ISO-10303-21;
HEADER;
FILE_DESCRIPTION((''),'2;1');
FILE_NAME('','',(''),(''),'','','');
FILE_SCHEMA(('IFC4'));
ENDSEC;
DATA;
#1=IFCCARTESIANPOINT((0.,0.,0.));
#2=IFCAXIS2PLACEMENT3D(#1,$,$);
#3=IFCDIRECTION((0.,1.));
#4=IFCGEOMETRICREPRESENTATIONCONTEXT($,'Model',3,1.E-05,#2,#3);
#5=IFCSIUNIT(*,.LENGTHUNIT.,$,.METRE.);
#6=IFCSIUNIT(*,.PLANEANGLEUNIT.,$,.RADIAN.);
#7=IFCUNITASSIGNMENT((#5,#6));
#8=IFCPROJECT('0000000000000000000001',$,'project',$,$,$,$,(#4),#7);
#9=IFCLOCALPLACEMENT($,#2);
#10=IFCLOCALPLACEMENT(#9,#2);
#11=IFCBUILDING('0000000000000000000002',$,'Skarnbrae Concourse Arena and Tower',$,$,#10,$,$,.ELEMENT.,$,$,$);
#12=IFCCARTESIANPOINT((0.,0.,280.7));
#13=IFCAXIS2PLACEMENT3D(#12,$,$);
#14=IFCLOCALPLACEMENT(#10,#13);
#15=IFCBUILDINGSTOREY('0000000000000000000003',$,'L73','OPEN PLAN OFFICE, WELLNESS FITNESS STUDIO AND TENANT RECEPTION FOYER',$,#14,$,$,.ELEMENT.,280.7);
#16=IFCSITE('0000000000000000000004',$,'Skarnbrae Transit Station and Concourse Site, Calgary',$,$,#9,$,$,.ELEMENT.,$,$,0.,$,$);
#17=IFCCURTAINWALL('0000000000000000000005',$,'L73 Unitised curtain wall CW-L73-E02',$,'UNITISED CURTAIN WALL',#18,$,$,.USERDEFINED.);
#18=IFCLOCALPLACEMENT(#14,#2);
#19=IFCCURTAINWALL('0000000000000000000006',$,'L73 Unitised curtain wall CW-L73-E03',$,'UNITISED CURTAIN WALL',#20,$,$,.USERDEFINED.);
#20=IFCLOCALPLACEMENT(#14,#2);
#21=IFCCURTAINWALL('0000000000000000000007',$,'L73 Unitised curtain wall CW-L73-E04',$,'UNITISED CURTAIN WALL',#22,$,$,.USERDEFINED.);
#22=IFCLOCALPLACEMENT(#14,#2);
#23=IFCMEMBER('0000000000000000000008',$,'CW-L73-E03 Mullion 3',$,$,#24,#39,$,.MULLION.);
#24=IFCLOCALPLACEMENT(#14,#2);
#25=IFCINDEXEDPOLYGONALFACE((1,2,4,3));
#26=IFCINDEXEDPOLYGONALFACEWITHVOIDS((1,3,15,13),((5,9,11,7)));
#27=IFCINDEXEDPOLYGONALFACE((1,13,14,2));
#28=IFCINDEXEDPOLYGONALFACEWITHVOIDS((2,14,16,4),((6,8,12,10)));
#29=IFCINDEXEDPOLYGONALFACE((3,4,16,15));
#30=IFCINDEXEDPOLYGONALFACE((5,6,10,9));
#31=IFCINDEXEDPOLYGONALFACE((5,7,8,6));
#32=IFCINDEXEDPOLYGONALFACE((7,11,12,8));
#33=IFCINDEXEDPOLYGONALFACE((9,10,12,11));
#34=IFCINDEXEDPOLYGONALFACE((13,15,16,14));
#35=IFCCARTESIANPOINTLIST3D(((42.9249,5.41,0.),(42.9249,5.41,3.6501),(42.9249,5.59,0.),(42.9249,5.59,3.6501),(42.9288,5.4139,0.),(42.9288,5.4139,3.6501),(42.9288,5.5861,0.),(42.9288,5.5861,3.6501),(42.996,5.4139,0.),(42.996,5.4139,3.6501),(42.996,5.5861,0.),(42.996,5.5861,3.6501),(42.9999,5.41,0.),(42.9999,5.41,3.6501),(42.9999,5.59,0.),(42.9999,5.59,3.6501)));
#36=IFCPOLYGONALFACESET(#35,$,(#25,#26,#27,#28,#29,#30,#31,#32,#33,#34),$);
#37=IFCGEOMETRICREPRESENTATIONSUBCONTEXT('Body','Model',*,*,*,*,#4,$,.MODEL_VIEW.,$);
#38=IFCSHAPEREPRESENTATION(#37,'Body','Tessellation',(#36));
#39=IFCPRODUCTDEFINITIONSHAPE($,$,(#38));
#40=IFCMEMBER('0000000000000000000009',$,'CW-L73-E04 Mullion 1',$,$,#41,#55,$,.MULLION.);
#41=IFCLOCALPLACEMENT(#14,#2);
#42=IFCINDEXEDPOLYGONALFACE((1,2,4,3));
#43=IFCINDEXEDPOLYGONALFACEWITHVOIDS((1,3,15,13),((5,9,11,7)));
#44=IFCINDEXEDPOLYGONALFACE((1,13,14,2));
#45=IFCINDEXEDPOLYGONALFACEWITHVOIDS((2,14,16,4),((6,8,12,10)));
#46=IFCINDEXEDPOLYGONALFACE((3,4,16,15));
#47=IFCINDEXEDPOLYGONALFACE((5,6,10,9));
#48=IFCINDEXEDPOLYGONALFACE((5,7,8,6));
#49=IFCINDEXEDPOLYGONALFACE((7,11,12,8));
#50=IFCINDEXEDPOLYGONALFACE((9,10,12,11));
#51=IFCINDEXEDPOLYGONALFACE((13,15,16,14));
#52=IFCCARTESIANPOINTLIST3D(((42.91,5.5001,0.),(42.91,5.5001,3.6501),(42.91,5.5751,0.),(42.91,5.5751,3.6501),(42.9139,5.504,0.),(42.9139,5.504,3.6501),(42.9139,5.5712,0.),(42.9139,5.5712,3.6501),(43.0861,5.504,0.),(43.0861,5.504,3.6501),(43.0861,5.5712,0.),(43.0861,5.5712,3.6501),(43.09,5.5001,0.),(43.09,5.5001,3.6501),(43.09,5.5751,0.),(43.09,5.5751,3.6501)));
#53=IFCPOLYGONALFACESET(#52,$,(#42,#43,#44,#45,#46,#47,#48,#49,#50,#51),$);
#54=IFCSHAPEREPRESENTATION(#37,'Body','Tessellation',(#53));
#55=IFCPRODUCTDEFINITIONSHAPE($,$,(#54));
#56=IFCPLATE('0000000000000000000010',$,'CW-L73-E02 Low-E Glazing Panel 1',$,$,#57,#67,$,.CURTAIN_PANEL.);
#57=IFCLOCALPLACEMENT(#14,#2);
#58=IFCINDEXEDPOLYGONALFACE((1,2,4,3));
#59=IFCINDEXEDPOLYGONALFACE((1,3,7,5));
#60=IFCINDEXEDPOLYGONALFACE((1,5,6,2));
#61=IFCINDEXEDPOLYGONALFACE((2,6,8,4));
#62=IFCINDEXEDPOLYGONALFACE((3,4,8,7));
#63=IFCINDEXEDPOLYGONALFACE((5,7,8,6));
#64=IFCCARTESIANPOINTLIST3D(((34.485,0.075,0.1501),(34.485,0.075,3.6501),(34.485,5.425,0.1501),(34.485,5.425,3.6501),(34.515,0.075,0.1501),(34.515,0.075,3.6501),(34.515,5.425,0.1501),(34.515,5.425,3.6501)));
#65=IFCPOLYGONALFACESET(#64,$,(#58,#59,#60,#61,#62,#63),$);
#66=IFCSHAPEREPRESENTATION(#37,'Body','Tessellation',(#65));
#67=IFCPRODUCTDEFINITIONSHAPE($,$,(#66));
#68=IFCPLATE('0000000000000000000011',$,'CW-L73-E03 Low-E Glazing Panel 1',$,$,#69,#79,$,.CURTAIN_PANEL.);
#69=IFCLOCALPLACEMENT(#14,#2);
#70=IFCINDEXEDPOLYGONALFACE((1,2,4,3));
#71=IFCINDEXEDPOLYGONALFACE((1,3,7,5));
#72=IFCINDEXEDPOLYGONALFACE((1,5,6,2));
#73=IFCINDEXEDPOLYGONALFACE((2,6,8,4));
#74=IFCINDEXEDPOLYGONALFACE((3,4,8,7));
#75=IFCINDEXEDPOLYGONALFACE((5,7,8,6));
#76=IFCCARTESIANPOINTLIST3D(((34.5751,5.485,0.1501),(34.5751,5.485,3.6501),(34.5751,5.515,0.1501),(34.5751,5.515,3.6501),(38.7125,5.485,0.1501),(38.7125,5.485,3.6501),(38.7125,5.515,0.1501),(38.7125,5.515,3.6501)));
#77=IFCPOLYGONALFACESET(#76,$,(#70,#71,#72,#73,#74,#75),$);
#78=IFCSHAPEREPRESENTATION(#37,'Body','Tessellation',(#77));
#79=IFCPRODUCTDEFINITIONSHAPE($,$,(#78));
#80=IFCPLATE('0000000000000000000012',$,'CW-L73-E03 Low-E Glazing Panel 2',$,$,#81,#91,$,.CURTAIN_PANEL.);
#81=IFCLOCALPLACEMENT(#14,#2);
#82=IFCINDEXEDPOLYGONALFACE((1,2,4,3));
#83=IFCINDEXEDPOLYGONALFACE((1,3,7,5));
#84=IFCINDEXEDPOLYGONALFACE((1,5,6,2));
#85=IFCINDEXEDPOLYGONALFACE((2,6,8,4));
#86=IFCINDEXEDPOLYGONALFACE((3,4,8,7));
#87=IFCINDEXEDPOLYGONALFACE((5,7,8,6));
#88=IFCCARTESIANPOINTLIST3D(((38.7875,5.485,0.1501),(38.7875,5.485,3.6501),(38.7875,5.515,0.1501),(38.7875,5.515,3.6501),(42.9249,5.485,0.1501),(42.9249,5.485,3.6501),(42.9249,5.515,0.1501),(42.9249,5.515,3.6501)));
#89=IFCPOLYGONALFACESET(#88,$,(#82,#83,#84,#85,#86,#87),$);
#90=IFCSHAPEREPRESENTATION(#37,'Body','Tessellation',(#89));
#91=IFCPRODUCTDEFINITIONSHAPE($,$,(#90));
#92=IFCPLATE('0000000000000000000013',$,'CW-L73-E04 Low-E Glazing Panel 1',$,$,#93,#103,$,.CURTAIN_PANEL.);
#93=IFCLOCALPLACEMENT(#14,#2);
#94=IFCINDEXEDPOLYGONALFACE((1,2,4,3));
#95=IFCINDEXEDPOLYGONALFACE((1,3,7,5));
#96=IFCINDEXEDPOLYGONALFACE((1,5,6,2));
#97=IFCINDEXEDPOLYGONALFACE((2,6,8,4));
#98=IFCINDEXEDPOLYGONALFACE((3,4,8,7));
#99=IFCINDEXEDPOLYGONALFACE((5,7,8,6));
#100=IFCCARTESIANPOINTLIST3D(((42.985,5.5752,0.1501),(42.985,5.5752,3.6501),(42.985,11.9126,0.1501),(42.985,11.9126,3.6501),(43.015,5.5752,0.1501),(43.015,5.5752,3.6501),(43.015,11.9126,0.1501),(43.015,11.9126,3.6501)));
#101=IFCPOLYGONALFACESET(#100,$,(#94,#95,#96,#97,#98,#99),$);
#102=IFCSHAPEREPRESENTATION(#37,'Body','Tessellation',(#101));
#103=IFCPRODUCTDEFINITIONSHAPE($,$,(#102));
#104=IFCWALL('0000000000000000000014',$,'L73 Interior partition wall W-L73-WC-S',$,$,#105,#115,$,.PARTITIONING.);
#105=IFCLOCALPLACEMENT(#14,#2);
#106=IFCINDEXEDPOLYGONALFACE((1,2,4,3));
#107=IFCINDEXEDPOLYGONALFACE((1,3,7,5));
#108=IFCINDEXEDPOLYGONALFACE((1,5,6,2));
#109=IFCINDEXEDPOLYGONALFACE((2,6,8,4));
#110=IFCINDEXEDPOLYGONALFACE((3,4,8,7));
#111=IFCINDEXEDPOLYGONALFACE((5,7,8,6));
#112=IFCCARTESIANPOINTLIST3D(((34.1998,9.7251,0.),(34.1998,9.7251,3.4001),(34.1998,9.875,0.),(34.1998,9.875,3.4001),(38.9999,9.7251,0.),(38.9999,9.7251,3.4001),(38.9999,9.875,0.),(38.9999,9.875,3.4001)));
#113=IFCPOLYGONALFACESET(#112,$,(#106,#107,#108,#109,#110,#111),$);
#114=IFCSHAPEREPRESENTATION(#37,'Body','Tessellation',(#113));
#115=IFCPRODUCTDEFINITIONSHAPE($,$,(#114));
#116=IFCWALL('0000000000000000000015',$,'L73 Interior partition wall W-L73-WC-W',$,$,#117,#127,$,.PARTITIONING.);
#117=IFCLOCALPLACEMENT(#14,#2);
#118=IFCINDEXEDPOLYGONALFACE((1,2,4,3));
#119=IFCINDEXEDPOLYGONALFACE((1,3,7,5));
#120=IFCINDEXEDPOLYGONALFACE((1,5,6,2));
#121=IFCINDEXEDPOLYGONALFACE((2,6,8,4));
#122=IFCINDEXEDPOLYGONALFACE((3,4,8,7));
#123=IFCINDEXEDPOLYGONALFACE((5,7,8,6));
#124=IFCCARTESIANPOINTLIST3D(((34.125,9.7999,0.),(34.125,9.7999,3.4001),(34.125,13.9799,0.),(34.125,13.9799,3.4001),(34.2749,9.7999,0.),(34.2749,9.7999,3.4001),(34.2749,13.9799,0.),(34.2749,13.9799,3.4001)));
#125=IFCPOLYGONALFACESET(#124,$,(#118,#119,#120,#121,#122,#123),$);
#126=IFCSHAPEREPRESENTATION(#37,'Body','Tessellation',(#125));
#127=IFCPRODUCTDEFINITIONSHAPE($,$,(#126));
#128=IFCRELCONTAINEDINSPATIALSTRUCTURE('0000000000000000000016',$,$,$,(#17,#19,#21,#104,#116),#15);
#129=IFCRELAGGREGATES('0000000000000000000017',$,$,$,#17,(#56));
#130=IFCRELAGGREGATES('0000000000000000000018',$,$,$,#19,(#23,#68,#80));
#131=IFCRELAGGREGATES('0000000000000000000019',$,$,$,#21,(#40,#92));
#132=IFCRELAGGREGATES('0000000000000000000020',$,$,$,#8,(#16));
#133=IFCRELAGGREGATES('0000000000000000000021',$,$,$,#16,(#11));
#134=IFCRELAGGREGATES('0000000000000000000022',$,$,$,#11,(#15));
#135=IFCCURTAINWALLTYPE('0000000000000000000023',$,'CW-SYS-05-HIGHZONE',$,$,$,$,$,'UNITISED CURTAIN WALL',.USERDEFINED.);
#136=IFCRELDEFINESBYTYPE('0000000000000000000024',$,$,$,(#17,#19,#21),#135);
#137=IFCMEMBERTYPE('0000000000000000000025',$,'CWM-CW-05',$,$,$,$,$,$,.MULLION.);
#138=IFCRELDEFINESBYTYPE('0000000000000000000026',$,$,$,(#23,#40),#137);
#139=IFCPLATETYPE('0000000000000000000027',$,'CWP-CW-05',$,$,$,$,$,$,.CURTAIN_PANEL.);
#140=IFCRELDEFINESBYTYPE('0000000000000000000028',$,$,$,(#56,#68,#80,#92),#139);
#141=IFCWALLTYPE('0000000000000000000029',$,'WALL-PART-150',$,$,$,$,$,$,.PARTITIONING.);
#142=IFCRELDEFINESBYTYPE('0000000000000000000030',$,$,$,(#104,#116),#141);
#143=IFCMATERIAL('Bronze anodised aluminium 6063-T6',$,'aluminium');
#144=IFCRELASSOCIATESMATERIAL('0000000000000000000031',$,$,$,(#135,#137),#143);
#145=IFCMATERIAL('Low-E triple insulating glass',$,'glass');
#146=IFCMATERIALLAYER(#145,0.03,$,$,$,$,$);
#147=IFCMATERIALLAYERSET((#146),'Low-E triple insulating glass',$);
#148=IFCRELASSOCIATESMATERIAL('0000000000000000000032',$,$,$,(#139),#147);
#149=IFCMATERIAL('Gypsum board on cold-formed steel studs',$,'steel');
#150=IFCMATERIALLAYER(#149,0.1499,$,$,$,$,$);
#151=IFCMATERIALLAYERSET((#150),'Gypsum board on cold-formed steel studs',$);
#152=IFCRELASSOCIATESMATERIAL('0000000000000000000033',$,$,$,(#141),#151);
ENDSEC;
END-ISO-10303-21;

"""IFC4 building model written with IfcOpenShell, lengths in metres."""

from ifc_helpers import new_model, si_unit, direction, frame, frame_2d, origin, origin_2d, place, context, subcontext, project, spatial, rectangle, hollow_rectangle, extrude, source, transform, mapped, material, layer, layer_set, material_profile, profile_set, type_object, element, aggregate, save


model = new_model("IFC4")

# Units and contexts
model_context = context("Model", 3, precision=1e-05, world=origin(), true_north=direction((0.0, 1.0)))
body_context = subcontext(model_context, "Body", "Model", "MODEL_VIEW")
ifc_project = project(units=[si_unit("LENGTHUNIT", "METRE"), si_unit("PLANEANGLEUNIT", "RADIAN")], contexts=[model_context])

# Site, building, storey
site_placement = place(None, origin())
site = spatial("IfcSite", under=ifc_project, at=site_placement, Name="Skarnbrae Transit Station and Concourse Site, Calgary", CompositionType="ELEMENT", RefElevation=0.0)
building_placement = place(site_placement, origin())
building = spatial("IfcBuilding", under=site, at=building_placement, Name="Skarnbrae Concourse Arena and Tower", CompositionType="ELEMENT")
storey_placement = place(building_placement, frame((0.0, 0.0, 280.7)))
storey = spatial("IfcBuildingStorey", under=building, at=storey_placement, Name="L73", Description="OPEN PLAN OFFICE, WELLNESS FITNESS STUDIO AND TENANT RECEPTION FOYER", CompositionType="ELEMENT", Elevation=280.7)

# Curtain wall
ifc_material_1 = material(Name="Bronze anodised aluminium 6063-T6", Category="aluminium")
curtain_wall_type = type_object("IfcCurtainWallType", Name="CW-SYS-05-HIGHZONE", ElementType="UNITISED CURTAIN WALL", PredefinedType="USERDEFINED", material=ifc_material_1)
curtain_wall_1_placement = place(storey_placement, origin())
curtain_wall_1 = element("IfcCurtainWall", 1, at=curtain_wall_1_placement, inside=storey, type_object=curtain_wall_type, Name="L73 Unitised curtain wall CW-L73-E02", ObjectType="UNITISED CURTAIN WALL", PredefinedType="USERDEFINED")

# Curtain wall
curtain_wall_2_placement = place(storey_placement, origin())
curtain_wall_2 = element("IfcCurtainWall", 2, at=curtain_wall_2_placement, inside=storey, type_object=curtain_wall_type, Name="L73 Unitised curtain wall CW-L73-E03", ObjectType="UNITISED CURTAIN WALL", PredefinedType="USERDEFINED")

# Curtain wall
curtain_wall_3_placement = place(storey_placement, origin())
curtain_wall_3 = element("IfcCurtainWall", 3, at=curtain_wall_3_placement, inside=storey, type_object=curtain_wall_type, Name="L73 Unitised curtain wall CW-L73-E04", ObjectType="UNITISED CURTAIN WALL", PredefinedType="USERDEFINED")

# Members
ifc_material_profile_1 = material_profile(ifc_material_1, hollow_rectangle(XDim=0.075, YDim=0.1799, WallThickness=0.0039, at=origin_2d()), Name="ALU-MULL-75X180")
ifc_profile_set_1 = profile_set([ifc_material_profile_1], Name="Bronze anodised aluminium 6063-T6")
member_type_1 = type_object("IfcMemberType", Name="CWM-CW-05", PredefinedType="MULLION", material=ifc_profile_set_1)
shared_shape_1 = source(origin(), body_context, "Body", "SweptSolid", [
    extrude(hollow_rectangle(XDim=0.075, YDim=0.1799, WallThickness=0.0039, at=origin_2d()), origin(), (0.0, 0.0, 1.0), 3.6501),
])
member_1_placement = place(storey_placement, frame((42.9624, 5.5, 0.0), z_axis=(0.0, 0.0, 1.0), x_axis=(1.0, 0.0, 0.0)))
member_1 = element("IfcMember", 4, at=member_1_placement, type_object=member_type_1, Name="CW-L73-E03 Mullion 3", PredefinedType="MULLION", context=body_context, shape_type="MappedRepresentation", body=[
    mapped(shared_shape_1, transform((0.0, 0.0, 0.0))),
])
member_2_placement = place(storey_placement, frame((43.0, 5.5376, 0.0), z_axis=(0.0, 0.0, 1.0), x_axis=(0.0, 1.0, 0.0)))
member_2 = element("IfcMember", 5, at=member_2_placement, type_object=member_type_1, Name="CW-L73-E04 Mullion 1", PredefinedType="MULLION", context=body_context, shape_type="MappedRepresentation", body=[
    mapped(shared_shape_1, transform((0.0, 0.0, 0.0))),
])

# Plates
ifc_material_2 = material(Name="Low-E triple insulating glass", Category="glass")
ifc_layer_1 = layer(ifc_material_2, 0.03)
ifc_layer_set_1 = layer_set([ifc_layer_1], Name="Low-E triple insulating glass")
plate_type = type_object("IfcPlateType", Name="CWP-CW-05", PredefinedType="CURTAIN_PANEL", material=ifc_layer_set_1)
shared_shape_2 = source(origin(), body_context, "Body", "SweptSolid", [
    extrude(rectangle(XDim=5.3501, YDim=0.03, at=origin_2d()), origin(), (0.0, 0.0, 1.0), 3.5),
])
plate_1_placement = place(storey_placement, frame((34.5, 2.75, 0.1501), z_axis=(0.0, 0.0, 1.0), x_axis=(0.0, 1.0, 0.0)))
plate_1 = element("IfcPlate", 6, at=plate_1_placement, type_object=plate_type, Name="CW-L73-E02 Low-E Glazing Panel 1", PredefinedType="CURTAIN_PANEL", context=body_context, shape_type="MappedRepresentation", body=[
    mapped(shared_shape_2, transform((0.0, 0.0, 0.0))),
])
aggregate(curtain_wall_1, [plate_1])
shared_shape_3 = source(origin(), body_context, "Body", "SweptSolid", [
    extrude(rectangle(XDim=4.1375, YDim=0.03, at=origin_2d()), origin(), (0.0, 0.0, 1.0), 3.5),
])
plate_2_placement = place(storey_placement, frame((36.6438, 5.5, 0.1501), z_axis=(0.0, 0.0, 1.0), x_axis=(1.0, 0.0, 0.0)))
plate_2 = element("IfcPlate", 7, at=plate_2_placement, type_object=plate_type, Name="CW-L73-E03 Low-E Glazing Panel 1", PredefinedType="CURTAIN_PANEL", context=body_context, shape_type="MappedRepresentation", body=[
    mapped(shared_shape_3, transform((0.0, 0.0, 0.0))),
])
plate_3_placement = place(storey_placement, frame((40.8562, 5.5, 0.1501), z_axis=(0.0, 0.0, 1.0), x_axis=(1.0, 0.0, 0.0)))
plate_3 = element("IfcPlate", 8, at=plate_3_placement, type_object=plate_type, Name="CW-L73-E03 Low-E Glazing Panel 2", PredefinedType="CURTAIN_PANEL", context=body_context, shape_type="MappedRepresentation", body=[
    mapped(shared_shape_3, transform((0.0, 0.0, 0.0))),
])
aggregate(curtain_wall_2, [member_1, plate_2, plate_3])
shared_shape_4 = source(origin(), body_context, "Body", "SweptSolid", [
    extrude(rectangle(XDim=6.3374, YDim=0.03, at=origin_2d()), origin(), (0.0, 0.0, 1.0), 3.5),
])
plate_4_placement = place(storey_placement, frame((43.0, 8.7439, 0.1501), z_axis=(0.0, 0.0, 1.0), x_axis=(0.0, 1.0, 0.0)))
plate_4 = element("IfcPlate", 9, at=plate_4_placement, type_object=plate_type, Name="CW-L73-E04 Low-E Glazing Panel 1", PredefinedType="CURTAIN_PANEL", context=body_context, shape_type="MappedRepresentation", body=[
    mapped(shared_shape_4, transform((0.0, 0.0, 0.0))),
])
aggregate(curtain_wall_3, [member_2, plate_4])

# Walls
ifc_material_3 = material(Name="Gypsum board on cold-formed steel studs", Category="steel")
ifc_layer_2 = layer(ifc_material_3, 0.1499)
ifc_layer_set_2 = layer_set([ifc_layer_2], Name="Gypsum board on cold-formed steel studs")
wall_type = type_object("IfcWallType", Name="WALL-PART-150", PredefinedType="PARTITIONING", material=ifc_layer_set_2)
shared_shape_5 = source(origin(), body_context, "Body", "SweptSolid", [
    extrude(rectangle(XDim=4.8, YDim=0.1499, at=frame_2d((2.3999, 0.0))), origin(), (0.0, 0.0, 1.0), 3.4001),
])
wall_1_placement = place(storey_placement, frame((34.2, 9.8, 0.0), z_axis=(0.0, 0.0, 1.0), x_axis=(1.0, 0.0, 0.0)))
element("IfcWall", 10, at=wall_1_placement, inside=storey, type_object=wall_type, Name="L73 Interior partition wall W-L73-WC-S", PredefinedType="PARTITIONING", context=body_context, shape_type="MappedRepresentation", body=[
    mapped(shared_shape_5, transform((0.0, 0.0, 0.0))),
])
shared_shape_6 = source(origin(), body_context, "Body", "SweptSolid", [
    extrude(rectangle(XDim=4.1799, YDim=0.1499, at=frame_2d((2.0898, 0.0))), origin(), (0.0, 0.0, 1.0), 3.4001),
])
wall_2_placement = place(storey_placement, frame((34.2, 9.8, 0.0), z_axis=(0.0, 0.0, 1.0), x_axis=(0.0, 1.0, 0.0)))
element("IfcWall", 11, at=wall_2_placement, inside=storey, type_object=wall_type, Name="L73 Interior partition wall W-L73-WC-W", PredefinedType="PARTITIONING", context=body_context, shape_type="MappedRepresentation", body=[
    mapped(shared_shape_6, transform((0.0, 0.0, 0.0))),
])

save(model, "model.ifc")
